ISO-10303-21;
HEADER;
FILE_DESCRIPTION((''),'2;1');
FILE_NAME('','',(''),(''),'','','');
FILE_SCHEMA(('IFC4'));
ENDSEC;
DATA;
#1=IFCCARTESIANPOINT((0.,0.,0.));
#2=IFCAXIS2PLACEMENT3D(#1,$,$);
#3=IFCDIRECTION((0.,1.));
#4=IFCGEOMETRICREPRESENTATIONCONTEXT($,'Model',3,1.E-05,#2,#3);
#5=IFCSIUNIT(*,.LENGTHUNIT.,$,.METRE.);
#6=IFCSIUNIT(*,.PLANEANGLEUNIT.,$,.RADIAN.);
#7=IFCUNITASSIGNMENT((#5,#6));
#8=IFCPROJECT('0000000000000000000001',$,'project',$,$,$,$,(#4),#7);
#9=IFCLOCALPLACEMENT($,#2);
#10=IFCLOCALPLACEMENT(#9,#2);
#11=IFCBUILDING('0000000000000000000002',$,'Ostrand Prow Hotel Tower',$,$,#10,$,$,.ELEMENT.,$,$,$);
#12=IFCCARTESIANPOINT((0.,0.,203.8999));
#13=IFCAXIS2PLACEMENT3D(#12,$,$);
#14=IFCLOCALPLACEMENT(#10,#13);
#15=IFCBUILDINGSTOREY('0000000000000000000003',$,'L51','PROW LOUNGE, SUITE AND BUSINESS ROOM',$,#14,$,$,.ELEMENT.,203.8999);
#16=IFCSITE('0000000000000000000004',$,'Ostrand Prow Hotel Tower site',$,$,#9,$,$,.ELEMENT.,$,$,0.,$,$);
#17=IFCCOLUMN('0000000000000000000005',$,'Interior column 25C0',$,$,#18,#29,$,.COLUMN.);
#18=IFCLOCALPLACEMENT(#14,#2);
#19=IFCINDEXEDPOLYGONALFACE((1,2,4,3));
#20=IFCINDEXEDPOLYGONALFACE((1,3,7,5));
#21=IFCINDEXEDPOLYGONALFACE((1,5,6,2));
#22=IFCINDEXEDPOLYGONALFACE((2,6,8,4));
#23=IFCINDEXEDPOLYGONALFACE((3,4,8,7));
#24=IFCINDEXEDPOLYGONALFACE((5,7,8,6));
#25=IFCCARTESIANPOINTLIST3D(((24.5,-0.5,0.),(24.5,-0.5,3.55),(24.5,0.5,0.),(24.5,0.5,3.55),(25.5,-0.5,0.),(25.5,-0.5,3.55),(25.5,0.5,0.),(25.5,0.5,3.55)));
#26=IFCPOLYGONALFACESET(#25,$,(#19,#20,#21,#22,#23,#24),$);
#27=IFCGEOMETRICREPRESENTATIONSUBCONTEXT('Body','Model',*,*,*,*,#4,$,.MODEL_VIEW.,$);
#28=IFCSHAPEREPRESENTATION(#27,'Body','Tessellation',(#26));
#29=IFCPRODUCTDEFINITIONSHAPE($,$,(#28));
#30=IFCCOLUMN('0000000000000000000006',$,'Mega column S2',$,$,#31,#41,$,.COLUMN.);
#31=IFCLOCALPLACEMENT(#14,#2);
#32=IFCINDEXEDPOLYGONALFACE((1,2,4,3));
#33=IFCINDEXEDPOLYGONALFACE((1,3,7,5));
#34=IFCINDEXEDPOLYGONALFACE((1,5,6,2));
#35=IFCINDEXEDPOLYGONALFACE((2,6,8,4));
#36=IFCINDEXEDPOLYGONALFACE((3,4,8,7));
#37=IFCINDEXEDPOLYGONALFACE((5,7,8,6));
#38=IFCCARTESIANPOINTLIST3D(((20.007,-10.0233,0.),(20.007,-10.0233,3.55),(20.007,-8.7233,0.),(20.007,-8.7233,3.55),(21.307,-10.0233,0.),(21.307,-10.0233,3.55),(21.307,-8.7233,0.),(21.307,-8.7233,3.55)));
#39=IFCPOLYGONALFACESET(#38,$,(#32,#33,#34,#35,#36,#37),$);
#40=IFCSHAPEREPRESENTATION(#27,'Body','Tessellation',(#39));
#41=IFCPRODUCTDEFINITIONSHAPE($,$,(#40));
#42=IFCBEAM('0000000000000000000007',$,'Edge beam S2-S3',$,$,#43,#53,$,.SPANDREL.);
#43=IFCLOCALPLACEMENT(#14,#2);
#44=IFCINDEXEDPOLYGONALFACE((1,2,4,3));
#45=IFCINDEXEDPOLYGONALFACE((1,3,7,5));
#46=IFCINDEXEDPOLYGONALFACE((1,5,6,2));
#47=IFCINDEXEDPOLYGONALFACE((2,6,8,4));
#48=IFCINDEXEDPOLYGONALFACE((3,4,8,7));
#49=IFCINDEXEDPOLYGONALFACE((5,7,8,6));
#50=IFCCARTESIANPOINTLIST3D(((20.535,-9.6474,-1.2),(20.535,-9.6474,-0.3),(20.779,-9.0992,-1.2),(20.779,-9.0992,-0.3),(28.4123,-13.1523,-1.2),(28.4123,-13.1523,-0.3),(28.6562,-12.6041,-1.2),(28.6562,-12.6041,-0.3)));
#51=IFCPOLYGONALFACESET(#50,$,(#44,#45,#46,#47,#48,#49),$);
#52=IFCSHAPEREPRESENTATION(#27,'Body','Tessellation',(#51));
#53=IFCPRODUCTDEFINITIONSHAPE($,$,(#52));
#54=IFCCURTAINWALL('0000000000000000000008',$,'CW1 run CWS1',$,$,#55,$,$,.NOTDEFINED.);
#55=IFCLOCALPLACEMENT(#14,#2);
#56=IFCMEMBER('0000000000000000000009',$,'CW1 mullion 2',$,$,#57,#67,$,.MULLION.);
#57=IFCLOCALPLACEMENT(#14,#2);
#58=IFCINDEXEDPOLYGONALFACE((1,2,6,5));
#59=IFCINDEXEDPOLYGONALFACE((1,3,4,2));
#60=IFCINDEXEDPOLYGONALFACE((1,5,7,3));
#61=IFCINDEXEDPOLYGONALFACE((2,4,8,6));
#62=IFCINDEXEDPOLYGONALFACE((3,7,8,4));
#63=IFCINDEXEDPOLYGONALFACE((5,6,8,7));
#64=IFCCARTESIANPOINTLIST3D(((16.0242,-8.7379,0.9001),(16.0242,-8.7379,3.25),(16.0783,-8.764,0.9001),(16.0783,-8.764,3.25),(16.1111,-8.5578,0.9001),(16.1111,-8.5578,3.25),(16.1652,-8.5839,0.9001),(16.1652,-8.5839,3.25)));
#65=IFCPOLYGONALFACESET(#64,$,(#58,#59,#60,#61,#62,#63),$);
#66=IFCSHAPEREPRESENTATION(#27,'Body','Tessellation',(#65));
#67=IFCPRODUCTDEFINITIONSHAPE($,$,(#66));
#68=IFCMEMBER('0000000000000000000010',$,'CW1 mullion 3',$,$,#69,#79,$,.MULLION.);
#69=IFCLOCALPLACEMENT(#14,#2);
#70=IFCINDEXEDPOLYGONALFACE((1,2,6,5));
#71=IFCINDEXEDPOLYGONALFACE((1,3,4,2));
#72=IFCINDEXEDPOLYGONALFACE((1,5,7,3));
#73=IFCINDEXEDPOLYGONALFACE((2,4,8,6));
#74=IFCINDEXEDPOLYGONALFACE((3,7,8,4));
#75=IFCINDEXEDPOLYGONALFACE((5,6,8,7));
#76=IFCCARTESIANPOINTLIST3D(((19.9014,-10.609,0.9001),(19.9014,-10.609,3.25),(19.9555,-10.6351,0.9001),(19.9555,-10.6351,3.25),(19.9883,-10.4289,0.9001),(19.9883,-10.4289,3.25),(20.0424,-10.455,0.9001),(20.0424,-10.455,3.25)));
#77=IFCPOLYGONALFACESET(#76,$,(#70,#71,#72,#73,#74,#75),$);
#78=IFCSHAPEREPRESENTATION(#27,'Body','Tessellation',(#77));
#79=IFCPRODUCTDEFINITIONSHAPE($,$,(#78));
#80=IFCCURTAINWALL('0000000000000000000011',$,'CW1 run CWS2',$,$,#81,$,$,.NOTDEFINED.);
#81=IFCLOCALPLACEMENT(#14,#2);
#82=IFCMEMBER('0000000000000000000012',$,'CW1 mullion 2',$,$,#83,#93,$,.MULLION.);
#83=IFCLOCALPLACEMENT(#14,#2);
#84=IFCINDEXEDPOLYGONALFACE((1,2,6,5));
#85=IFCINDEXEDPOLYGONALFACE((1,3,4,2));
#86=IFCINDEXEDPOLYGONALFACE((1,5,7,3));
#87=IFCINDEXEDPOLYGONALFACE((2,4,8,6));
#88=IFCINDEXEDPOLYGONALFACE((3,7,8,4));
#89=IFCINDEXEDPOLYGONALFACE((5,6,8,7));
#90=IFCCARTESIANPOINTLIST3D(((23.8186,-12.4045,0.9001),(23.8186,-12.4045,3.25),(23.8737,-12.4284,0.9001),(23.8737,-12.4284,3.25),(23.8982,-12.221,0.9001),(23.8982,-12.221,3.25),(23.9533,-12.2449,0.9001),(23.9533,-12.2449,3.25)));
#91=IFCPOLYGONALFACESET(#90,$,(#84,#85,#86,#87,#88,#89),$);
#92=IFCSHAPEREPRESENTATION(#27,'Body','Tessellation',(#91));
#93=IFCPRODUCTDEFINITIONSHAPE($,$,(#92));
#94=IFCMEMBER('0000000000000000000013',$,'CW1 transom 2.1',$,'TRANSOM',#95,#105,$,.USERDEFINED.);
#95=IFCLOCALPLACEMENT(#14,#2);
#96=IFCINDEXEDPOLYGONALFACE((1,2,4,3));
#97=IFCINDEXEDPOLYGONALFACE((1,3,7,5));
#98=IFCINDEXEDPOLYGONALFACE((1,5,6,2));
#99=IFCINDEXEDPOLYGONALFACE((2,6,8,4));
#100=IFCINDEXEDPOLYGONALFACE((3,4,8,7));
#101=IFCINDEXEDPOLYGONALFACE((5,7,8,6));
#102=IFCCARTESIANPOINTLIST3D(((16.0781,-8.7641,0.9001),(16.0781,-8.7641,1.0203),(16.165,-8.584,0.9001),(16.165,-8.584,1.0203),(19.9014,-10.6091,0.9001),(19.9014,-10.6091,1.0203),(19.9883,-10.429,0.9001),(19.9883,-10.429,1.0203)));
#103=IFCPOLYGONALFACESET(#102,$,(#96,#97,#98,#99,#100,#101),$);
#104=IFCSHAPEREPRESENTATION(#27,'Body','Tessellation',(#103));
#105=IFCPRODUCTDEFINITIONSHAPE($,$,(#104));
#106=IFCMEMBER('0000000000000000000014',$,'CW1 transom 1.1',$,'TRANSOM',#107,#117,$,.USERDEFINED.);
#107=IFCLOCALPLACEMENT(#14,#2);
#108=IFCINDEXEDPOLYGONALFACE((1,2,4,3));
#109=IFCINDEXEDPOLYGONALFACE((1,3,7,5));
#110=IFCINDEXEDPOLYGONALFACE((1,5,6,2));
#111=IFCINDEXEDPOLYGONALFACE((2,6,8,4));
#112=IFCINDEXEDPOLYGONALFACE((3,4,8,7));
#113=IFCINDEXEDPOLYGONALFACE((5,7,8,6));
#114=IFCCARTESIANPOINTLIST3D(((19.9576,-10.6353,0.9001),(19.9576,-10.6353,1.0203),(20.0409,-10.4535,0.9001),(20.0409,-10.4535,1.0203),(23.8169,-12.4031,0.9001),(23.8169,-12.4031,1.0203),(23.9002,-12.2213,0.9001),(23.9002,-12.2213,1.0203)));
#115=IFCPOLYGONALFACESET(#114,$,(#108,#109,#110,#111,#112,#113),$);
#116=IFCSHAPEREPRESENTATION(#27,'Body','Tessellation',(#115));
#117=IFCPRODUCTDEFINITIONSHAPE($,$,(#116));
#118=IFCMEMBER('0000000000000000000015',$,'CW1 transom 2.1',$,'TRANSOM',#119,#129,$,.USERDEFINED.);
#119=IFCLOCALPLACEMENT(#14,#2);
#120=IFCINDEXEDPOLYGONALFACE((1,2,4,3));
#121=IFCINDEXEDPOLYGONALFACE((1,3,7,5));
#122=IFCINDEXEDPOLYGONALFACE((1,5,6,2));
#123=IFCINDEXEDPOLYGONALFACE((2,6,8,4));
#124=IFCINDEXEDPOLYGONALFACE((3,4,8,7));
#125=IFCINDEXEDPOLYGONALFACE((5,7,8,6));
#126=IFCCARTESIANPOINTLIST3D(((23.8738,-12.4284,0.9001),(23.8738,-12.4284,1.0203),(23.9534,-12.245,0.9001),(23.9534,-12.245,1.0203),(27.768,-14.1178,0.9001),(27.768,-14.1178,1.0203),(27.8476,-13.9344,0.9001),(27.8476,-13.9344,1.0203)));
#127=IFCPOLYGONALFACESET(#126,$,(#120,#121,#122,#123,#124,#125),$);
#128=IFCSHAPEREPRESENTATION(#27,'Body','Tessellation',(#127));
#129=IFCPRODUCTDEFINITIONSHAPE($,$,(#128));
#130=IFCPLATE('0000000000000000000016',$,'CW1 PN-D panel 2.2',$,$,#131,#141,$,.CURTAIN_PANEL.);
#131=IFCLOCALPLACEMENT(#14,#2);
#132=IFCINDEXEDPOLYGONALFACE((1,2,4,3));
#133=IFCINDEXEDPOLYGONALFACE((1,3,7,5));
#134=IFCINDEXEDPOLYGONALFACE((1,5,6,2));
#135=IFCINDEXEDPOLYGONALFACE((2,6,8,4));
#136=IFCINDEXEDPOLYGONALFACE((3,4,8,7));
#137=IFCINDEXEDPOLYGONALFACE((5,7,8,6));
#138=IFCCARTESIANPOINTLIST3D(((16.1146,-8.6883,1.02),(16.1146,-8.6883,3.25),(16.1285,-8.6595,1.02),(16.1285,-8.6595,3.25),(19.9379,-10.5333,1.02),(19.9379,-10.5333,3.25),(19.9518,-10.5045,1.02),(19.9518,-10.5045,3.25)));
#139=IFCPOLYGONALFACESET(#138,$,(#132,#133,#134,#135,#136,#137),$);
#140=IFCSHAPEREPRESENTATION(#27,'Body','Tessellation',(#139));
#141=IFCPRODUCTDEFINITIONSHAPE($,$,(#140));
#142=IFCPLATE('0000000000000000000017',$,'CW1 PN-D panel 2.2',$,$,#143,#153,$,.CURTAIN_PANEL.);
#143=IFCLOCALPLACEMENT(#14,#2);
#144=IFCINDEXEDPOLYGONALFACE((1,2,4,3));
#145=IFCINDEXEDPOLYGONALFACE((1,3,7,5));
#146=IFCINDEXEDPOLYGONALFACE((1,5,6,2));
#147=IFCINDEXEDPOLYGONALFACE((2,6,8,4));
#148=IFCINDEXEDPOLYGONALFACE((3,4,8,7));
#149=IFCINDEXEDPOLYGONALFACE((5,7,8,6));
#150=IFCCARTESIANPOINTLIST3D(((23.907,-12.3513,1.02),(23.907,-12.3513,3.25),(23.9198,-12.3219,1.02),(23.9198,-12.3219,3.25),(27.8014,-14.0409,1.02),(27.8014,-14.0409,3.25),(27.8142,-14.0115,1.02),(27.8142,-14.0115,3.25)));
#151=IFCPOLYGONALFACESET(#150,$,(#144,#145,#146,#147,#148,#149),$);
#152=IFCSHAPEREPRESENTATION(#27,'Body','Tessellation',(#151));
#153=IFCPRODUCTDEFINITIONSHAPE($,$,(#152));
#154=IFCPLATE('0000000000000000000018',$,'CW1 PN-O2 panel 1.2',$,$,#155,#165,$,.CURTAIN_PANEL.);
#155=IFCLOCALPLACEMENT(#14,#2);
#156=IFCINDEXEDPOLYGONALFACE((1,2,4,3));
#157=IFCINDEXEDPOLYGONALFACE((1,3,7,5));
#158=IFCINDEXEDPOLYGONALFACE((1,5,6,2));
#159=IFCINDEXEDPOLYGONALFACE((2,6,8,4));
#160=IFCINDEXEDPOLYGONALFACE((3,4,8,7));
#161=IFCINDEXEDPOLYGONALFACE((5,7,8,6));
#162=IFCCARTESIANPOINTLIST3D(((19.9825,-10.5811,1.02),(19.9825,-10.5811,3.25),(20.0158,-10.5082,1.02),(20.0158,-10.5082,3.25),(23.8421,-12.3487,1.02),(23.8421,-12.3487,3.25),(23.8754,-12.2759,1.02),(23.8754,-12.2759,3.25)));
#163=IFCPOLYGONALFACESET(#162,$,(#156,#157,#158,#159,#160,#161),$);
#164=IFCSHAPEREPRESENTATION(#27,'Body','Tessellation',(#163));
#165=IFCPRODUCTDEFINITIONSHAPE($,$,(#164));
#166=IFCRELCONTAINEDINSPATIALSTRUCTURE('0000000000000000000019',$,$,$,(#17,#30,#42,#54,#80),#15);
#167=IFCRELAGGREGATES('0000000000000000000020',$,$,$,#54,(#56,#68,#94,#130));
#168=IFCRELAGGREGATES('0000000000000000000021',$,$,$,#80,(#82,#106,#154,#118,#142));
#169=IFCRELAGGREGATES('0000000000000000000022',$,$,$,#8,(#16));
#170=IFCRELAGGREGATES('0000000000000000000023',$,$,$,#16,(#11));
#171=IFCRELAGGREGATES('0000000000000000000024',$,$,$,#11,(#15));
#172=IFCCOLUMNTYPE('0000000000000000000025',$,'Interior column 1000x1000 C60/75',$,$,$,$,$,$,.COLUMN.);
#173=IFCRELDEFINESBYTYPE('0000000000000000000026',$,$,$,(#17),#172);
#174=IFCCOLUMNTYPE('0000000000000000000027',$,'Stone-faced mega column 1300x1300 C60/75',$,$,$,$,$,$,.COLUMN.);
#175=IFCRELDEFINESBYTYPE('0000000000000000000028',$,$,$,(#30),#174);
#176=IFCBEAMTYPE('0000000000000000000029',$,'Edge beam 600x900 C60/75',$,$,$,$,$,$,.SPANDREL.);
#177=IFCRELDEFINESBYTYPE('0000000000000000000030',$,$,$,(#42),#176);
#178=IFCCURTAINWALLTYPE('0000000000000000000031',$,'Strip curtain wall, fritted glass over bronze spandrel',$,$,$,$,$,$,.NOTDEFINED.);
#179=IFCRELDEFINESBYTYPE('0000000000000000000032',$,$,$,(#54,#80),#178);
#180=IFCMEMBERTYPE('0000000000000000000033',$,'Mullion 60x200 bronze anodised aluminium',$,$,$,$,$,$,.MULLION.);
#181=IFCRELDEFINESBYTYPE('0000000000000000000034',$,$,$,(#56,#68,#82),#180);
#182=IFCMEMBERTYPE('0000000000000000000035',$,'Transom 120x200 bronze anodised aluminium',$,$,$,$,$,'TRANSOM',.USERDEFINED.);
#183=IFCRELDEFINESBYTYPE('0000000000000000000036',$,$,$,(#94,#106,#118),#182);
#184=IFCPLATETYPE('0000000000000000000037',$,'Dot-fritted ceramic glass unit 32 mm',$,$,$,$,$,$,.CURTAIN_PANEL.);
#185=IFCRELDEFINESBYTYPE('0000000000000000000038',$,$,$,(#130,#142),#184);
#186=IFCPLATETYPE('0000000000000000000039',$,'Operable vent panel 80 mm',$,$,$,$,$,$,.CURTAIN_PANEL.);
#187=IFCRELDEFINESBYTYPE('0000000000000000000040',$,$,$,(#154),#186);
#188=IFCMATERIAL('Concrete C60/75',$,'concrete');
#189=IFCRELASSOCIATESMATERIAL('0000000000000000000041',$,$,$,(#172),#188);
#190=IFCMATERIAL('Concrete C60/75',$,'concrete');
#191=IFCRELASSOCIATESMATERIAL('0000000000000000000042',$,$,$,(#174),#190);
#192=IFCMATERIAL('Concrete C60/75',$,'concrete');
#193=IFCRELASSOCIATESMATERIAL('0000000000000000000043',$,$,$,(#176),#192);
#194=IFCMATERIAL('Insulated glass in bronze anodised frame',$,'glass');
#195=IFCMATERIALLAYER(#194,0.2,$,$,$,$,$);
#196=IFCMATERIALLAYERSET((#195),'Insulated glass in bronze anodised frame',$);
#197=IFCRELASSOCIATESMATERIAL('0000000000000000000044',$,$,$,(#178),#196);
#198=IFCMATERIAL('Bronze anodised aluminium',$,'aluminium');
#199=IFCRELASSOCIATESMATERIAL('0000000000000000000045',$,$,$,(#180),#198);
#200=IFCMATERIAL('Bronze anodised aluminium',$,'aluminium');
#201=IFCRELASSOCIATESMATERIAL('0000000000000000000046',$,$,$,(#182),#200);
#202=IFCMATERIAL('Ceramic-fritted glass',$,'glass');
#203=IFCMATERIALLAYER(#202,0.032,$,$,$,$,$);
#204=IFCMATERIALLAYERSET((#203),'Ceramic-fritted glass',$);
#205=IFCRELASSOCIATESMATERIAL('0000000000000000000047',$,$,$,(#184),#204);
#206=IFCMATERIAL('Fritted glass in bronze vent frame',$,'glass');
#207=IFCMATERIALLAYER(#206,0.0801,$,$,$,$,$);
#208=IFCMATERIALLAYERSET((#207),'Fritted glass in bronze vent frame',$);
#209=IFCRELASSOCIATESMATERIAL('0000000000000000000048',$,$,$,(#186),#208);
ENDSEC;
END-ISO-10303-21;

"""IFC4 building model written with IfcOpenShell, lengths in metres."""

from ifc_helpers import new_model, si_unit, direction, frame, origin, origin_2d, place, context, subcontext, project, spatial, rectangle, extrude, material, layer, layer_set, material_profile, profile_set, type_object, element, aggregate, save


model = new_model("IFC4")

# Units and contexts
model_context = context("Model", 3, precision=1e-05, world=origin(), true_north=direction((0.0, 1.0)))
body_context = subcontext(model_context, "Body", "Model", "MODEL_VIEW")
ifc_project = project(units=[si_unit("LENGTHUNIT", "METRE"), si_unit("PLANEANGLEUNIT", "RADIAN")], contexts=[model_context])

# Site, building, storey
site_placement = place(None, origin())
site = spatial("IfcSite", under=ifc_project, at=site_placement, Name="Ostrand Prow Hotel Tower site", CompositionType="ELEMENT", RefElevation=0.0)
building_placement = place(site_placement, origin())
building = spatial("IfcBuilding", under=site, at=building_placement, Name="Ostrand Prow Hotel Tower", CompositionType="ELEMENT")
storey_placement = place(building_placement, frame((0.0, 0.0, 203.8999)))
storey = spatial("IfcBuildingStorey", under=building, at=storey_placement, Name="L51", Description="PROW LOUNGE, SUITE AND BUSINESS ROOM", CompositionType="ELEMENT", Elevation=203.8999)

# Columns
ifc_material_1 = material(Name="Concrete C60/75", Category="concrete")
ifc_material_profile_1 = material_profile(ifc_material_1, rectangle(XDim=1.0, YDim=1.0, at=origin_2d()), Name="RC 1000x1000")
ifc_profile_set_1 = profile_set([ifc_material_profile_1], Name="Concrete C60/75")
column_type_1 = type_object("IfcColumnType", Name="Interior column 1000x1000 C60/75", PredefinedType="COLUMN", material=ifc_profile_set_1)
column_1_placement = place(storey_placement, frame((25.0, 0.0, 0.0), z_axis=(0.0, 0.0, 1.0), x_axis=(1.0, 0.0, 0.0)))
element("IfcColumn", 1, at=column_1_placement, inside=storey, type_object=column_type_1, Name="Interior column 25C0", PredefinedType="COLUMN", context=body_context, shape_type="SweptSolid", body=[
    extrude(rectangle(XDim=1.0, YDim=1.0, at=origin_2d()), origin(), (0.0, 0.0, 1.0), 3.55),
])
ifc_material_2 = material(Name="Concrete C60/75", Category="concrete")
ifc_material_profile_2 = material_profile(ifc_material_2, rectangle(XDim=1.3, YDim=1.3, at=origin_2d()), Name="RC 1300x1300")
ifc_profile_set_2 = profile_set([ifc_material_profile_2], Name="Concrete C60/75")
column_type_2 = type_object("IfcColumnType", Name="Stone-faced mega column 1300x1300 C60/75", PredefinedType="COLUMN", material=ifc_profile_set_2)
column_2_placement = place(storey_placement, frame((20.657, -9.3733, 0.0), z_axis=(0.0, 0.0, 1.0), x_axis=(1.0, 0.0, 0.0)))
element("IfcColumn", 2, at=column_2_placement, inside=storey, type_object=column_type_2, Name="Mega column S2", PredefinedType="COLUMN", context=body_context, shape_type="SweptSolid", body=[
    extrude(rectangle(XDim=1.3, YDim=1.3, at=origin_2d()), origin(), (0.0, 0.0, 1.0), 3.55),
])

# Beam
ifc_material_3 = material(Name="Concrete C60/75", Category="concrete")
ifc_material_profile_3 = material_profile(ifc_material_3, rectangle(XDim=0.6001, YDim=0.8999, at=origin_2d()), Name="RC 600x900")
ifc_profile_set_3 = profile_set([ifc_material_profile_3], Name="Concrete C60/75")
beam_type = type_object("IfcBeamType", Name="Edge beam 600x900 C60/75", PredefinedType="SPANDREL", material=ifc_profile_set_3)
beam_placement = place(storey_placement, frame((20.657, -9.3733, -0.75), z_axis=(0.913643, -0.406517, 0.0), x_axis=(0.406517, 0.913643, 0.0)))
element("IfcBeam", 3, at=beam_placement, inside=storey, type_object=beam_type, Name="Edge beam S2-S3", PredefinedType="SPANDREL", context=body_context, shape_type="SweptSolid", body=[
    extrude(rectangle(XDim=0.6001, YDim=0.8999, at=origin_2d()), origin(), (0.0, 0.0, 1.0), 8.6218),
])

# Curtain wall, members
ifc_material_4 = material(Name="Insulated glass in bronze anodised frame", Category="glass")
ifc_layer_1 = layer(ifc_material_4, 0.2)
ifc_layer_set_1 = layer_set([ifc_layer_1], Name="Insulated glass in bronze anodised frame")
curtain_wall_type = type_object("IfcCurtainWallType", Name="Strip curtain wall, fritted glass over bronze spandrel", PredefinedType="NOTDEFINED", material=ifc_layer_set_1)
curtain_wall_1_placement = place(storey_placement, origin())
curtain_wall_1 = element("IfcCurtainWall", 4, at=curtain_wall_1_placement, inside=storey, type_object=curtain_wall_type, Name="CW1 run CWS1", PredefinedType="NOTDEFINED")
ifc_material_5 = material(Name="Bronze anodised aluminium", Category="aluminium")
ifc_material_profile_4 = material_profile(ifc_material_5, rectangle(XDim=0.2, YDim=0.0601, at=origin_2d()), Name="Mullion 60x200 bronze anodised aluminium")
ifc_profile_set_4 = profile_set([ifc_material_profile_4], Name="Bronze anodised aluminium")
member_type_1 = type_object("IfcMemberType", Name="Mullion 60x200 bronze anodised aluminium", PredefinedType="MULLION", material=ifc_profile_set_4)
member_1_placement = place(storey_placement, frame((16.0947, -8.6609, 0.9001), z_axis=(0.0, 0.0, 1.0), x_axis=(0.434615, 0.900616, 0.0)))
member_1 = element("IfcMember", 5, at=member_1_placement, type_object=member_type_1, Name="CW1 mullion 2", PredefinedType="MULLION", context=body_context, shape_type="SweptSolid", body=[
    extrude(rectangle(XDim=0.2, YDim=0.0601, at=origin_2d()), origin(), (0.0, 0.0, 1.0), 2.3499),
])
member_2_placement = place(storey_placement, frame((19.9719, -10.532, 0.9001), z_axis=(0.0, 0.0, 1.0), x_axis=(0.434615, 0.900616, 0.0)))
member_2 = element("IfcMember", 6, at=member_2_placement, type_object=member_type_1, Name="CW1 mullion 3", PredefinedType="MULLION", context=body_context, shape_type="SweptSolid", body=[
    extrude(rectangle(XDim=0.2, YDim=0.0601, at=origin_2d()), origin(), (0.0, 0.0, 1.0), 2.3499),
])

# Curtain wall, member
curtain_wall_2_placement = place(storey_placement, origin())
curtain_wall_2 = element("IfcCurtainWall", 7, at=curtain_wall_2_placement, inside=storey, type_object=curtain_wall_type, Name="CW1 run CWS2", PredefinedType="NOTDEFINED")
member_3_placement = place(storey_placement, frame((23.886, -12.3247, 0.9001), z_axis=(0.0, 0.0, 1.0), x_axis=(0.398005, 0.917383, 0.0)))
member_3 = element("IfcMember", 8, at=member_3_placement, type_object=member_type_1, Name="CW1 mullion 2", PredefinedType="MULLION", context=body_context, shape_type="SweptSolid", body=[
    extrude(rectangle(XDim=0.2, YDim=0.0601, at=origin_2d()), origin(), (0.0, 0.0, 1.0), 2.3499),
])

# Members
ifc_material_6 = material(Name="Bronze anodised aluminium", Category="aluminium")
ifc_material_profile_5 = material_profile(ifc_material_6, rectangle(XDim=0.2, YDim=0.1201, at=origin_2d()), Name="Transom 120x200 bronze anodised aluminium")
ifc_profile_set_5 = profile_set([ifc_material_profile_5], Name="Bronze anodised aluminium")
member_type_2 = type_object("IfcMemberType", Name="Transom 120x200 bronze anodised aluminium", ElementType="TRANSOM", PredefinedType="USERDEFINED", material=ifc_profile_set_5)
member_4_placement = place(storey_placement, frame((16.1216, -8.6741, 0.9602), z_axis=(0.900619, -0.434609, 0.0), x_axis=(0.434609, 0.900619, 0.0)))
member_4 = element("IfcMember", 9, at=member_4_placement, type_object=member_type_2, Name="CW1 transom 2.1", ObjectType="TRANSOM", PredefinedType="USERDEFINED", context=body_context, shape_type="SweptSolid", body=[
    extrude(rectangle(XDim=0.2, YDim=0.1201, at=origin_2d()), origin(), (0.0, 0.0, 1.0), 4.2451),
])
member_5_placement = place(storey_placement, frame((19.9993, -10.5444, 0.9602), z_axis=(0.909159, -0.416449, 0.0), x_axis=(0.416449, 0.909159, 0.0)))
member_5 = element("IfcMember", 10, at=member_5_placement, type_object=member_type_2, Name="CW1 transom 1.1", ObjectType="TRANSOM", PredefinedType="USERDEFINED", context=body_context, shape_type="SweptSolid", body=[
    extrude(rectangle(XDim=0.2, YDim=0.1201, at=origin_2d()), origin(), (0.0, 0.0, 1.0), 4.2449),
])
member_6_placement = place(storey_placement, frame((23.9136, -12.3367, 0.9602), z_axis=(0.91739, -0.39799, 0.0), x_axis=(0.39799, 0.91739, 0.0)))
member_6 = element("IfcMember", 11, at=member_6_placement, type_object=member_type_2, Name="CW1 transom 2.1", ObjectType="TRANSOM", PredefinedType="USERDEFINED", context=body_context, shape_type="SweptSolid", body=[
    extrude(rectangle(XDim=0.2, YDim=0.1201, at=origin_2d()), origin(), (0.0, 0.0, 1.0), 4.2449),
])

# Plates
ifc_material_7 = material(Name="Ceramic-fritted glass", Category="glass")
ifc_layer_2 = layer(ifc_material_7, 0.032)
ifc_layer_set_2 = layer_set([ifc_layer_2], Name="Ceramic-fritted glass")
plate_type_1 = type_object("IfcPlateType", Name="Dot-fritted ceramic glass unit 32 mm", PredefinedType="CURTAIN_PANEL", material=ifc_layer_set_2)
plate_1_placement = place(storey_placement, frame((18.0332, -9.5964, 1.02), z_axis=(0.0, 0.0, 1.0), x_axis=(0.900616, -0.434615, 0.0)))
plate_1 = element("IfcPlate", 12, at=plate_1_placement, type_object=plate_type_1, Name="CW1 PN-D panel 2.2", PredefinedType="CURTAIN_PANEL", context=body_context, shape_type="SweptSolid", body=[
    extrude(rectangle(XDim=4.2451, YDim=0.032, at=origin_2d()), origin(), (0.0, 0.0, 1.0), 2.23),
])
aggregate(curtain_wall_1, [member_1, member_2, member_4, plate_1])
plate_2_placement = place(storey_placement, frame((25.8606, -13.1814, 1.02), z_axis=(0.0, 0.0, 1.0), x_axis=(0.917383, -0.398005, 0.0)))
plate_2 = element("IfcPlate", 13, at=plate_2_placement, type_object=plate_type_1, Name="CW1 PN-D panel 2.2", PredefinedType="CURTAIN_PANEL", context=body_context, shape_type="SweptSolid", body=[
    extrude(rectangle(XDim=4.2451, YDim=0.032, at=origin_2d()), origin(), (0.0, 0.0, 1.0), 2.23),
])
ifc_material_8 = material(Name="Fritted glass in bronze vent frame", Category="glass")
ifc_layer_3 = layer(ifc_material_8, 0.0801)
ifc_layer_set_3 = layer_set([ifc_layer_3], Name="Fritted glass in bronze vent frame")
plate_type_2 = type_object("IfcPlateType", Name="Operable vent panel 80 mm", PredefinedType="CURTAIN_PANEL", material=ifc_layer_set_3)
plate_3_placement = place(storey_placement, frame((21.929, -11.4285, 1.02), z_axis=(0.0, 0.0, 1.0), x_axis=(0.909185, -0.416393, 0.0)))
plate_3 = element("IfcPlate", 14, at=plate_3_placement, type_object=plate_type_2, Name="CW1 PN-O2 panel 1.2", PredefinedType="CURTAIN_PANEL", context=body_context, shape_type="SweptSolid", body=[
    extrude(rectangle(XDim=4.2451, YDim=0.0801, at=origin_2d()), origin(), (0.0, 0.0, 1.0), 2.23),
])
aggregate(curtain_wall_2, [member_3, member_5, plate_3, member_6, plate_2])

save(model, "model.ifc")
